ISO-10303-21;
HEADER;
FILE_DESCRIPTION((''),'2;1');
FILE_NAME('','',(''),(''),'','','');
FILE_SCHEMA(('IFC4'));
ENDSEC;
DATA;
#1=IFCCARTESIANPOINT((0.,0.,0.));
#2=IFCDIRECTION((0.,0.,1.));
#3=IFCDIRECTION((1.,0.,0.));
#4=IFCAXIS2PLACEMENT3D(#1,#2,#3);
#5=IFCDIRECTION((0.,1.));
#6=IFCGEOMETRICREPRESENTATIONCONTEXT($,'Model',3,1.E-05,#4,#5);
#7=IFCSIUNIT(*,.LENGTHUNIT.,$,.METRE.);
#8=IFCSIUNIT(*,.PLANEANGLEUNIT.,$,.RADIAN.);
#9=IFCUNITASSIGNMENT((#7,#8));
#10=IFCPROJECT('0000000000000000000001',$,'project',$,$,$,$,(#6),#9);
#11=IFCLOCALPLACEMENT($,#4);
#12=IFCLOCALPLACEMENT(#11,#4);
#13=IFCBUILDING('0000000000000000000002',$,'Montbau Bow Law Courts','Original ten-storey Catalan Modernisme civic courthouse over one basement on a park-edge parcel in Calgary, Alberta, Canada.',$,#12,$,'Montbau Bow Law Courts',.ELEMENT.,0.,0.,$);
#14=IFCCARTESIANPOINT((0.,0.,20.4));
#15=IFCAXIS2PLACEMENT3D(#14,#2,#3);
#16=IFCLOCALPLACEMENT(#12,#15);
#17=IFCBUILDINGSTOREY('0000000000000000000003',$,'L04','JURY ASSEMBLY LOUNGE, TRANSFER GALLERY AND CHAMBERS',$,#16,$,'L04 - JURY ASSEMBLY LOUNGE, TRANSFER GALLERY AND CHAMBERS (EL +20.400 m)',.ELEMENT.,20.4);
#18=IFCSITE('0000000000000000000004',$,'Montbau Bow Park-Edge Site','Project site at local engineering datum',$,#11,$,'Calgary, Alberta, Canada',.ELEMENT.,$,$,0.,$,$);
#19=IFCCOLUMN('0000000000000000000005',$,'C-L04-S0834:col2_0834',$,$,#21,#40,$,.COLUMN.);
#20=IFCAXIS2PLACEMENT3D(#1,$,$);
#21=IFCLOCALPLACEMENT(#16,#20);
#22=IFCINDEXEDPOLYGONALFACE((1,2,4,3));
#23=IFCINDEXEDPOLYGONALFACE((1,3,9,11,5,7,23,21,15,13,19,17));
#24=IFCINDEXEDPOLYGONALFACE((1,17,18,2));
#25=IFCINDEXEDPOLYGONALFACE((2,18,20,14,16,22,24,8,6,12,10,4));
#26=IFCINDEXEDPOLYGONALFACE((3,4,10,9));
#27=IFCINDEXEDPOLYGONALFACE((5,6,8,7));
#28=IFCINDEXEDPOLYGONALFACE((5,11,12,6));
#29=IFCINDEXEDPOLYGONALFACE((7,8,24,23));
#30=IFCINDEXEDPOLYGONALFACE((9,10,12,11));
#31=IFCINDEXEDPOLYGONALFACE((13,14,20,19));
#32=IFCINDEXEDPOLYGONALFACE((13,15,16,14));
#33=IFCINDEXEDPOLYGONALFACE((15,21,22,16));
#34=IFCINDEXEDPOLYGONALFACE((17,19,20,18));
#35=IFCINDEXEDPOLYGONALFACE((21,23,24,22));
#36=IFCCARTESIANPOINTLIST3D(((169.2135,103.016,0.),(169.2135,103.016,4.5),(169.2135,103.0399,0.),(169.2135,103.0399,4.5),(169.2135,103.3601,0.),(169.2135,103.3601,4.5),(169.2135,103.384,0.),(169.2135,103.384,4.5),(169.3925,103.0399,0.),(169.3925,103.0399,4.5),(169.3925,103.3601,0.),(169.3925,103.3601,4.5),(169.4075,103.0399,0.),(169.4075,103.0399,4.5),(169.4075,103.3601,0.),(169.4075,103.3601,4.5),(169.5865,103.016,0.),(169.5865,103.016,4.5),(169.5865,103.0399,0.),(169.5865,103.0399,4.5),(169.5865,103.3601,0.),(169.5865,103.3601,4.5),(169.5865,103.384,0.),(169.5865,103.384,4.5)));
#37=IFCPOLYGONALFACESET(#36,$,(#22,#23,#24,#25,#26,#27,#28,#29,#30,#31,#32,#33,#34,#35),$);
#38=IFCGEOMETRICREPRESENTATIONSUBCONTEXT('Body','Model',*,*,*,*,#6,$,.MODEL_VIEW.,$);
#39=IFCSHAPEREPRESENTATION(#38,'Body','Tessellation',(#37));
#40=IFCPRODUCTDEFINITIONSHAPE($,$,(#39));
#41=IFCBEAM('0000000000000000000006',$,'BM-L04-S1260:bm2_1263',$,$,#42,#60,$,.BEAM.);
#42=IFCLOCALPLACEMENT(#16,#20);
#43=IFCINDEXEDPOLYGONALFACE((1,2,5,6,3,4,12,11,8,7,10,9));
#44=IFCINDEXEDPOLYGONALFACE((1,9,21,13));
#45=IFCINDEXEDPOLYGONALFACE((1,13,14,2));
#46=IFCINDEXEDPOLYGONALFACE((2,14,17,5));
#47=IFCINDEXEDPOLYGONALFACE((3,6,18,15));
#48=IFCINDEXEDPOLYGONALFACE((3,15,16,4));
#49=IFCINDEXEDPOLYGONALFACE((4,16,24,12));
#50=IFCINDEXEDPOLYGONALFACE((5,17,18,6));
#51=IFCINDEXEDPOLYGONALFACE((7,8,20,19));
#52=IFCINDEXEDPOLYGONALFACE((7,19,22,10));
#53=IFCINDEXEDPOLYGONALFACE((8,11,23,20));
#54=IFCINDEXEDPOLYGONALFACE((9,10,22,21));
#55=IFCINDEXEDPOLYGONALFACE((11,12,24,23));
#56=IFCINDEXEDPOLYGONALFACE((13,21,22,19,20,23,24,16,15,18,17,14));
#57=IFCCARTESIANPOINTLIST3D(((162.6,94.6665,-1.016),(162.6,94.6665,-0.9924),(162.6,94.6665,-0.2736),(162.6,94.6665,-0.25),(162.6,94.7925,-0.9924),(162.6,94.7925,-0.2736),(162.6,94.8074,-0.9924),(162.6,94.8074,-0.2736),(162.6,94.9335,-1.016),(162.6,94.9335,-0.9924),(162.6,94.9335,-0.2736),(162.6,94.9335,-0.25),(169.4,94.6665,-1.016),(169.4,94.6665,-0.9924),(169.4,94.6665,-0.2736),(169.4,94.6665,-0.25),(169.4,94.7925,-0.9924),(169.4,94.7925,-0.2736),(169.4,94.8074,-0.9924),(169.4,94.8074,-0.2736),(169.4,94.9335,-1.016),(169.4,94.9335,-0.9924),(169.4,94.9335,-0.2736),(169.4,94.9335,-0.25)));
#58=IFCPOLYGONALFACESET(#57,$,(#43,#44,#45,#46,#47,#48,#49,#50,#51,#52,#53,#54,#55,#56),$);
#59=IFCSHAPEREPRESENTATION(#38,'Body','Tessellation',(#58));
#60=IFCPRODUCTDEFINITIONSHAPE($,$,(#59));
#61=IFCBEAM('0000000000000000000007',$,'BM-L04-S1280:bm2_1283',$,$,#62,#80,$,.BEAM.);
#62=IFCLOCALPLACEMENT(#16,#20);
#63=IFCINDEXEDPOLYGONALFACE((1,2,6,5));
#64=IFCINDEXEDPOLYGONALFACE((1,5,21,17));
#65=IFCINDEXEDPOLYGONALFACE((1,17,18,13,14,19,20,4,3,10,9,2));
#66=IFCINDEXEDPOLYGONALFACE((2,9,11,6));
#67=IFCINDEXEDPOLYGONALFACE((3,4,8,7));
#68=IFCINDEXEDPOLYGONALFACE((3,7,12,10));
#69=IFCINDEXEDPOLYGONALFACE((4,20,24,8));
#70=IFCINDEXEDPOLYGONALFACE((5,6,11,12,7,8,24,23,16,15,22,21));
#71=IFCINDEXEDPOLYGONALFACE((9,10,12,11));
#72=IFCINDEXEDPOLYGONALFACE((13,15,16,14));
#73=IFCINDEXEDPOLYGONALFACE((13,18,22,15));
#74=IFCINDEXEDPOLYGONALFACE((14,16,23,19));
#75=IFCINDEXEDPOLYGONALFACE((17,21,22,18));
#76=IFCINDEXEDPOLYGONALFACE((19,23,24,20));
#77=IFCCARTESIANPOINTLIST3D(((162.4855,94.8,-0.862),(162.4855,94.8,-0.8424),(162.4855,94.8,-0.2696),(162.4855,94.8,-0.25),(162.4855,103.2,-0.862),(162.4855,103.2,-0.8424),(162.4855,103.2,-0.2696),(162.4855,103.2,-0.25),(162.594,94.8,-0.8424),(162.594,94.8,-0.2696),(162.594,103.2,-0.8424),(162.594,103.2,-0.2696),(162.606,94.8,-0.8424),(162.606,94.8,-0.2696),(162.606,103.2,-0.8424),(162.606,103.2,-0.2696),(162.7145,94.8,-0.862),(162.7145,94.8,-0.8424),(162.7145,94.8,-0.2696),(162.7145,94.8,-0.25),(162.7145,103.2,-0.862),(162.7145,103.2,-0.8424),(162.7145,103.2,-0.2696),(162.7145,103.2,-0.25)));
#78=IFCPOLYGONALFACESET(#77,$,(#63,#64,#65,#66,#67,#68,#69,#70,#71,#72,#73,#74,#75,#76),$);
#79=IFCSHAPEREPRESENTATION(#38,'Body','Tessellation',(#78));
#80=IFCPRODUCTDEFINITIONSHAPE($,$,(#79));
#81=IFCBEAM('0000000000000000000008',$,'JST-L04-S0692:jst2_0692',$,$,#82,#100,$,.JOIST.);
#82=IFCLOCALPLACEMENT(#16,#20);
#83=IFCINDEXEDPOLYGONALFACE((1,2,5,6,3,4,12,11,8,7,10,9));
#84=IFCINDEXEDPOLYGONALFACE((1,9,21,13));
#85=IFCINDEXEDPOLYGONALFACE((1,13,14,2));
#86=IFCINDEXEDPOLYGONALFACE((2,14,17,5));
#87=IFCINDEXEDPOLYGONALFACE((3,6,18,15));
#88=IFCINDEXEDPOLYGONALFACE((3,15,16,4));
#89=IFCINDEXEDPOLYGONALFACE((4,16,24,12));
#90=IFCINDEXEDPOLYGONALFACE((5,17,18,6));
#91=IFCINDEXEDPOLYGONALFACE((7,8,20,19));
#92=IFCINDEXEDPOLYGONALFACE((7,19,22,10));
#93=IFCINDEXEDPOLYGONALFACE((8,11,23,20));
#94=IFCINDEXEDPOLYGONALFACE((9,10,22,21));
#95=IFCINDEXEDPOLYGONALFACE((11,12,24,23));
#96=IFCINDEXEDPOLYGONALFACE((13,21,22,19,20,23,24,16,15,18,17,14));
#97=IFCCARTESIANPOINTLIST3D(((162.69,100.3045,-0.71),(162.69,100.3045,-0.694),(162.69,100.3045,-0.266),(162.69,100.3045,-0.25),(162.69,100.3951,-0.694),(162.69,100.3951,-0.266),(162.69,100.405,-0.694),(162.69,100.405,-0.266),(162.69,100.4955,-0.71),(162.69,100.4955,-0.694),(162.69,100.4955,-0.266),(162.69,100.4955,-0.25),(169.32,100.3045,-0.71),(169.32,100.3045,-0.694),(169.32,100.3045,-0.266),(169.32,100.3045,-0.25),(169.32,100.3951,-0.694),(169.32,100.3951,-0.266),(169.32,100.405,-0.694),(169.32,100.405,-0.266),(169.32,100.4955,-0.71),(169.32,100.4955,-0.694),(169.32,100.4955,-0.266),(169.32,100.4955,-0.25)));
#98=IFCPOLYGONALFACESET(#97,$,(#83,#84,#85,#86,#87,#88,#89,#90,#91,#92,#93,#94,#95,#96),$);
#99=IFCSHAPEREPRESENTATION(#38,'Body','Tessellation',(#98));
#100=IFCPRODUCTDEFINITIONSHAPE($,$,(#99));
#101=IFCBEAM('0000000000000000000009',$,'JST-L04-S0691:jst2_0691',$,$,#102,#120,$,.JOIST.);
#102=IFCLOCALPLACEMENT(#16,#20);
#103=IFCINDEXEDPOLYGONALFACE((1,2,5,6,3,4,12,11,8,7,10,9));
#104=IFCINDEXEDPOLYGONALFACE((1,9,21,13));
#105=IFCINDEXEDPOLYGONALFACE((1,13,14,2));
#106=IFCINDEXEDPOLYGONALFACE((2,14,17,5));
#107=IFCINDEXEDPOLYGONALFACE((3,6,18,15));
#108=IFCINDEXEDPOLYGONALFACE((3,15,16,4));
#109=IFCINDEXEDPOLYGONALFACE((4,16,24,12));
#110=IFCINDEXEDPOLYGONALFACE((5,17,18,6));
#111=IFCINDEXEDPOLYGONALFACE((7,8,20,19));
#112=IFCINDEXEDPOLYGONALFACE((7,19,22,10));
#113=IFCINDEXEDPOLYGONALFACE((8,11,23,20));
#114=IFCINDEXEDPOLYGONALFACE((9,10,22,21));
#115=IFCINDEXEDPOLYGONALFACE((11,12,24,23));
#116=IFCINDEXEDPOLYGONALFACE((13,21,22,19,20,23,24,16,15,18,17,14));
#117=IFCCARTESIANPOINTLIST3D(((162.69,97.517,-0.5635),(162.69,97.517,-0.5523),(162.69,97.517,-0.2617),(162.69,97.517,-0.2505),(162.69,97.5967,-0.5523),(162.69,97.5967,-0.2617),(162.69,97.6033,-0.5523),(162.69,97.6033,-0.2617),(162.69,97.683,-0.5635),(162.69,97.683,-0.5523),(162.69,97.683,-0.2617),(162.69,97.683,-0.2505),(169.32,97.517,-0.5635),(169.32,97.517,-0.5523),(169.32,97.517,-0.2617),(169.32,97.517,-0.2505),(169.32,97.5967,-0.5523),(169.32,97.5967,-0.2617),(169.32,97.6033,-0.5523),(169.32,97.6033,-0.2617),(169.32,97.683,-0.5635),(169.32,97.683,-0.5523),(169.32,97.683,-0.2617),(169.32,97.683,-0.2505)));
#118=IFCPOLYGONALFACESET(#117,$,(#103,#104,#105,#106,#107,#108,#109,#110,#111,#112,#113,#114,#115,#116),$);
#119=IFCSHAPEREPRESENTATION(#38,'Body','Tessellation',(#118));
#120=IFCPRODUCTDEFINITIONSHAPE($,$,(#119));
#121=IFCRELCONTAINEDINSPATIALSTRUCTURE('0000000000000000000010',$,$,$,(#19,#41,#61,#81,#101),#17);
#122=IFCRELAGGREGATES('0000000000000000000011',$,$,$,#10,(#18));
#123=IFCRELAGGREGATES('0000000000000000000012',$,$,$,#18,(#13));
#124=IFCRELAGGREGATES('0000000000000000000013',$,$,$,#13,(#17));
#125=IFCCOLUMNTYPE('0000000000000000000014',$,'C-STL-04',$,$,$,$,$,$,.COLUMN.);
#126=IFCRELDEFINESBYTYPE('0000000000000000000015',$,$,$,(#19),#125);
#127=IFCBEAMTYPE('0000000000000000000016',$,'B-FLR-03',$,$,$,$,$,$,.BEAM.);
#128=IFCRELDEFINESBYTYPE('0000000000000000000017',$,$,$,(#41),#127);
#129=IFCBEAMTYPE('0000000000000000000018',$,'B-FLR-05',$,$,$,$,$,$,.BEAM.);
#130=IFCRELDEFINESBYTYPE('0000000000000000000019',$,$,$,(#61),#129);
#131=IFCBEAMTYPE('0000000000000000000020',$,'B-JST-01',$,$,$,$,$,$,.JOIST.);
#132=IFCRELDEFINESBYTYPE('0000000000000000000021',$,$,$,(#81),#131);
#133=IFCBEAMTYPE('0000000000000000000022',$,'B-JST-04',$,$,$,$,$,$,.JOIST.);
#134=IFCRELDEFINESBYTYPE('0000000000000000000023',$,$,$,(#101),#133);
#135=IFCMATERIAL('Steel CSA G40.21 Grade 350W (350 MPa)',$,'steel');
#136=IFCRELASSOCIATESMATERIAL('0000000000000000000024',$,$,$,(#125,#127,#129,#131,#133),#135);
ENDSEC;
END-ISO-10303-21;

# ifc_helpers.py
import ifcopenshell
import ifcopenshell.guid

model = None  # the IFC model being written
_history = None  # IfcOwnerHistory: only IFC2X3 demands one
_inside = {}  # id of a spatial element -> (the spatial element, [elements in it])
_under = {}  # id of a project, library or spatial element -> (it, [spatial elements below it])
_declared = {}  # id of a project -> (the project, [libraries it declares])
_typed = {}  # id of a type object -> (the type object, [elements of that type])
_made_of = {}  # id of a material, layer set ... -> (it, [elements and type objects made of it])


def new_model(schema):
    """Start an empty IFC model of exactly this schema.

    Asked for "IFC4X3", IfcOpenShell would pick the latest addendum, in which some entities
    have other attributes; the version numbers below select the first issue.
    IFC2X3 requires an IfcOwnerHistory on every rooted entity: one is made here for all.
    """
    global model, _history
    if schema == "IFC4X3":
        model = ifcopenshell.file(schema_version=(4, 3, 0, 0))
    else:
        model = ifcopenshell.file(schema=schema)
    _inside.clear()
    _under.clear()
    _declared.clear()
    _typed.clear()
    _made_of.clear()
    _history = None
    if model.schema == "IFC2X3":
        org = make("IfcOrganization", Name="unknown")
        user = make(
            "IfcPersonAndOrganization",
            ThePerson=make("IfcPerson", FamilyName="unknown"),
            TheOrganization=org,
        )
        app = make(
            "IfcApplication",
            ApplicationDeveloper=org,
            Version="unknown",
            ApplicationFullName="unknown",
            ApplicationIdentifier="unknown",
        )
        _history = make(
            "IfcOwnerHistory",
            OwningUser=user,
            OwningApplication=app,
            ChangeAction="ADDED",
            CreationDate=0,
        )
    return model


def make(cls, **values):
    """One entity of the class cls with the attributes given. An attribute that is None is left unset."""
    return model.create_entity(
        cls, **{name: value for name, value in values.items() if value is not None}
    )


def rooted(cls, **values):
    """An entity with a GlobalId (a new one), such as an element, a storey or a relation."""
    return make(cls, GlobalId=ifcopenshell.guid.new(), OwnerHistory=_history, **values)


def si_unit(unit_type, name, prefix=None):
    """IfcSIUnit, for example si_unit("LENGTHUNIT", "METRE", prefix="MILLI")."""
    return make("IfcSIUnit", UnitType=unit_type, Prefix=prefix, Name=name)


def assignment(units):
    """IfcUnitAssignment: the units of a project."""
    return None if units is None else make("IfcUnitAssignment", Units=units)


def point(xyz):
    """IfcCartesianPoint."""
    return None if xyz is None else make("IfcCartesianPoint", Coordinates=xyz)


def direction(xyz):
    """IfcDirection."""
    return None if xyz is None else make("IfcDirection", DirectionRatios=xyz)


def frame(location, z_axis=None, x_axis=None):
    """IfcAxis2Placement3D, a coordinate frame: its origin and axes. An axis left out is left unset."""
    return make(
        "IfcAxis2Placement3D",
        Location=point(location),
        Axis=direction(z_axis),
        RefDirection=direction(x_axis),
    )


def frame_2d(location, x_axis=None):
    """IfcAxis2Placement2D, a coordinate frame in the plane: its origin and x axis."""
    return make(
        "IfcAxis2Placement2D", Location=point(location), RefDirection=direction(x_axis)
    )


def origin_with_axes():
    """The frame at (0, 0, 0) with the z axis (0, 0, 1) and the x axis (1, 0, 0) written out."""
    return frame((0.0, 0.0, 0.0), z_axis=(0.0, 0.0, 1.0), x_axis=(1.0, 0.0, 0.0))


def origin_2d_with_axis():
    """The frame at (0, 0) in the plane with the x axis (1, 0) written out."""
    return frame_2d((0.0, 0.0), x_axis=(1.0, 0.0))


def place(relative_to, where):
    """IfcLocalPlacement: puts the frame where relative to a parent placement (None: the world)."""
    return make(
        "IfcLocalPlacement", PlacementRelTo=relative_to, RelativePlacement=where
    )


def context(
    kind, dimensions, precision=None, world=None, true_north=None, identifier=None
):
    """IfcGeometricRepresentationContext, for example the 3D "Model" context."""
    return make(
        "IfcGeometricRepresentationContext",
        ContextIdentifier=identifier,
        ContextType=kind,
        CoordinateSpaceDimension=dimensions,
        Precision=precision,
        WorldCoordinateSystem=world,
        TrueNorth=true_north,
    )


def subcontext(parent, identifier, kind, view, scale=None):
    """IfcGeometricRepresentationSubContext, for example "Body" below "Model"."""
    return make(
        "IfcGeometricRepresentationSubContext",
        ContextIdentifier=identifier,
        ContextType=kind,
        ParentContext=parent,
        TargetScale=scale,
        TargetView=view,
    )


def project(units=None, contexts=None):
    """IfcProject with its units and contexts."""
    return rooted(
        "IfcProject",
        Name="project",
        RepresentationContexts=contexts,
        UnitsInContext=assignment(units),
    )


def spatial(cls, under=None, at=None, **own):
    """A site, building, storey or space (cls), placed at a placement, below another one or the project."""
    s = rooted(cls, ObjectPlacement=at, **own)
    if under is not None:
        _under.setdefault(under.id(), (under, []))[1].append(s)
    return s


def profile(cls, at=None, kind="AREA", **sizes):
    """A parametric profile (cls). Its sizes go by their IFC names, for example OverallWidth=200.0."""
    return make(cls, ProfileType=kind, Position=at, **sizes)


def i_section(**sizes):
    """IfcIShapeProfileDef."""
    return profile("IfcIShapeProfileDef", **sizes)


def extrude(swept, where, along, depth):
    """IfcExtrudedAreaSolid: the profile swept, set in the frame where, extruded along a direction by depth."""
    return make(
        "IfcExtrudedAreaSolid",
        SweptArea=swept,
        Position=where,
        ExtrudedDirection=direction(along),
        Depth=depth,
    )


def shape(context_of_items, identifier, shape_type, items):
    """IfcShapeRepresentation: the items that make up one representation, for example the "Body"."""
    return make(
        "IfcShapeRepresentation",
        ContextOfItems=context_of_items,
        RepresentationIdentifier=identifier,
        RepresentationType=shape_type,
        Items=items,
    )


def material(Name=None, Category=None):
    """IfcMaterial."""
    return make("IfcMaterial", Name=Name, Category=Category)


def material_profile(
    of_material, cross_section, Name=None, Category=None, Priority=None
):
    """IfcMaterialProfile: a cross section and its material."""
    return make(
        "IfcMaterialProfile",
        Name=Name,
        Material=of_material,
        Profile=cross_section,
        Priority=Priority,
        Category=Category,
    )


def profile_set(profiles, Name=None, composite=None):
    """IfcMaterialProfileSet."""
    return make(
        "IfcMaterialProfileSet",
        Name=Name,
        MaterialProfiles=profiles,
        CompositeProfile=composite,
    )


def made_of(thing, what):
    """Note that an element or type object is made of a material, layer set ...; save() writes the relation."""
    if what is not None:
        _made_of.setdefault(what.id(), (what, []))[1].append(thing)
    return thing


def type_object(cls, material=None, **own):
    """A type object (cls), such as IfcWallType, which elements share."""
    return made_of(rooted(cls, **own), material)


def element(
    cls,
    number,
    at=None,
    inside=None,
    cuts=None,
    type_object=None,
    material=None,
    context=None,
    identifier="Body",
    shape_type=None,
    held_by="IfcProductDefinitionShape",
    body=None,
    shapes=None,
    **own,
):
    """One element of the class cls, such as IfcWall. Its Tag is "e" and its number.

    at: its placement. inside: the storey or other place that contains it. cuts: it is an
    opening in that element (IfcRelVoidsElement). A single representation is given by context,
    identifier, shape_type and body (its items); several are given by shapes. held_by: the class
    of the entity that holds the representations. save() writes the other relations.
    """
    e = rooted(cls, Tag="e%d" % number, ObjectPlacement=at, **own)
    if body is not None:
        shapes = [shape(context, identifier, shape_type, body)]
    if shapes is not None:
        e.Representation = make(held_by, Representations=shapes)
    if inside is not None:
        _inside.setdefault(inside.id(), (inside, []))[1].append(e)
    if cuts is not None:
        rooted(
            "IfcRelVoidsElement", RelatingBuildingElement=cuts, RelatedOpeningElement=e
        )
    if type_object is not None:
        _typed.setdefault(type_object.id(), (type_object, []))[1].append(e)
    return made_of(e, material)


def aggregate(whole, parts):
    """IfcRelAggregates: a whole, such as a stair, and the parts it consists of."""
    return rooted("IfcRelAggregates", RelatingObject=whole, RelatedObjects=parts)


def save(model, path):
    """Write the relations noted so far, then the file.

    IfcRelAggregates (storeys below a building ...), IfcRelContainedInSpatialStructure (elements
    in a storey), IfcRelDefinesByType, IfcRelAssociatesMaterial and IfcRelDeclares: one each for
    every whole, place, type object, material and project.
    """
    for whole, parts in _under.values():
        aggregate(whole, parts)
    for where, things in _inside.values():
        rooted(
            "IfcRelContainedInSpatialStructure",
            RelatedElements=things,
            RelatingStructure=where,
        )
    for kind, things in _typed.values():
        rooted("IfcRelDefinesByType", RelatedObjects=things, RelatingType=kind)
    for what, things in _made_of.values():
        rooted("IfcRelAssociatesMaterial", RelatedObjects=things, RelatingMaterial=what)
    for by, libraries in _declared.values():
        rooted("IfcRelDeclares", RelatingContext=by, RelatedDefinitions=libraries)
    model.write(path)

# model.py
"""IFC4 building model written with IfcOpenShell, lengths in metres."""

from ifc_helpers import new_model, si_unit, direction, frame, origin_with_axes, origin_2d_with_axis, place, context, subcontext, project, spatial, i_section, extrude, material, material_profile, profile_set, type_object, element, save


model = new_model("IFC4")

# Units and contexts
model_context = context("Model", 3, precision=1e-05, world=origin_with_axes(), true_north=direction((0.0, 1.0)))
body_context = subcontext(model_context, "Body", "Model", "MODEL_VIEW")
ifc_project = project(units=[si_unit("LENGTHUNIT", "METRE"), si_unit("PLANEANGLEUNIT", "RADIAN")], contexts=[model_context])

# Site, building, storey
site_placement = place(None, origin_with_axes())
site = spatial("IfcSite", under=ifc_project, at=site_placement, Name="Montbau Bow Park-Edge Site", Description="Project site at local engineering datum", LongName="Calgary, Alberta, Canada", CompositionType="ELEMENT", RefElevation=0.0)
building_placement = place(site_placement, origin_with_axes())
building = spatial("IfcBuilding", under=site, at=building_placement, Name="Montbau Bow Law Courts", Description="Original ten-storey Catalan Modernisme civic courthouse over one basement on a park-edge parcel in Calgary, Alberta, Canada.", LongName="Montbau Bow Law Courts", CompositionType="ELEMENT", ElevationOfRefHeight=0.0, ElevationOfTerrain=0.0)
storey_placement = place(building_placement, frame((0.0, 0.0, 20.4), z_axis=(0.0, 0.0, 1.0), x_axis=(1.0, 0.0, 0.0)))
storey = spatial("IfcBuildingStorey", under=building, at=storey_placement, Name="L04", Description="JURY ASSEMBLY LOUNGE, TRANSFER GALLERY AND CHAMBERS", LongName="L04 - JURY ASSEMBLY LOUNGE, TRANSFER GALLERY AND CHAMBERS (EL +20.400 m)", CompositionType="ELEMENT", Elevation=20.4)

# Column
ifc_material_1 = material(Name="Steel CSA G40.21 Grade 350W (350 MPa)", Category="steel")
ifc_material_profile_1 = material_profile(ifc_material_1, i_section(OverallWidth=0.373, OverallDepth=0.368, WebThickness=0.015, FlangeThickness=0.0239, at=origin_2d_with_axis()), Name="W360X179", Category="Main", Priority=0)
ifc_profile_set_1 = profile_set([ifc_material_profile_1], Name="Steel CSA G40.21 Grade 350W (350 MPa)")
column_type_1 = type_object("IfcColumnType", Name="C-STL-04", PredefinedType="COLUMN", material=ifc_profile_set_1)
column_1_placement = place(None, frame((169.4, 103.2, 20.4), z_axis=(0.0, 0.0, 1.0), x_axis=(1.0, 0.0, 0.0)))
element("IfcColumn", 1, at=column_1_placement, inside=storey, type_object=column_type_1, Name="C-L04-S0834:col2_0834", PredefinedType="COLUMN", context=body_context, shape_type="SweptSolid", body=[
    extrude(i_section(OverallWidth=0.373, OverallDepth=0.368, WebThickness=0.015, FlangeThickness=0.0239, at=origin_2d_with_axis()), origin_with_axes(), (0.0, 0.0, 1.0), 4.5),
])

# Beams
ifc_material_profile_2 = material_profile(ifc_material_1, i_section(OverallWidth=0.267, OverallDepth=0.766, WebThickness=0.0149, FlangeThickness=0.0236, at=origin_2d_with_axis()), Name="W760X185", Category="Main", Priority=0)
ifc_profile_set_2 = profile_set([ifc_material_profile_2], Name="Steel CSA G40.21 Grade 350W (350 MPa)")
beam_type_1 = type_object("IfcBeamType", Name="B-FLR-03", PredefinedType="BEAM", material=ifc_profile_set_2)
beam_1_placement = place(None, frame((162.6, 94.8, 19.767), z_axis=(1.0, 0.0, 0.0), x_axis=(0.0, 1.0, 0.0)))
element("IfcBeam", 2, at=beam_1_placement, inside=storey, type_object=beam_type_1, Name="BM-L04-S1260:bm2_1263", PredefinedType="BEAM", context=body_context, shape_type="SweptSolid", body=[
    extrude(i_section(OverallWidth=0.267, OverallDepth=0.766, WebThickness=0.0149, FlangeThickness=0.0236, at=origin_2d_with_axis()), origin_with_axes(), (0.0, 0.0, 1.0), 6.8),
])
ifc_material_profile_3 = material_profile(ifc_material_1, i_section(OverallWidth=0.229, OverallDepth=0.612, WebThickness=0.0119, FlangeThickness=0.0196, at=origin_2d_with_axis()), Name="W610X125", Category="Main", Priority=0)
ifc_profile_set_3 = profile_set([ifc_material_profile_3], Name="Steel CSA G40.21 Grade 350W (350 MPa)")
beam_type_2 = type_object("IfcBeamType", Name="B-FLR-05", PredefinedType="BEAM", material=ifc_profile_set_3)
beam_2_placement = place(None, frame((162.6, 94.8, 19.844), z_axis=(0.0, 1.0, 0.0), x_axis=(-1.0, 0.0, 0.0)))
element("IfcBeam", 3, at=beam_2_placement, inside=storey, type_object=beam_type_2, Name="BM-L04-S1280:bm2_1283", PredefinedType="BEAM", context=body_context, shape_type="SweptSolid", body=[
    extrude(i_section(OverallWidth=0.229, OverallDepth=0.612, WebThickness=0.0119, FlangeThickness=0.0196, at=origin_2d_with_axis()), origin_with_axes(), (0.0, 0.0, 1.0), 8.4),
])
ifc_material_profile_4 = material_profile(ifc_material_1, i_section(OverallWidth=0.191, OverallDepth=0.46, WebThickness=0.0099, FlangeThickness=0.016, at=origin_2d_with_axis()), Name="W460X82", Category="Main", Priority=0)
ifc_profile_set_4 = profile_set([ifc_material_profile_4], Name="Steel CSA G40.21 Grade 350W (350 MPa)")
beam_type_3 = type_object("IfcBeamType", Name="B-JST-01", PredefinedType="JOIST", material=ifc_profile_set_4)
beam_3_placement = place(None, frame((162.69, 100.4, 19.92), z_axis=(1.0, 0.0, 0.0), x_axis=(0.0, 1.0, 0.0)))
element("IfcBeam", 4, at=beam_3_placement, inside=storey, type_object=beam_type_3, Name="JST-L04-S0692:jst2_0692", PredefinedType="JOIST", context=body_context, shape_type="SweptSolid", body=[
    extrude(i_section(OverallWidth=0.191, OverallDepth=0.46, WebThickness=0.0099, FlangeThickness=0.016, at=origin_2d_with_axis()), origin_with_axes(), (0.0, 0.0, 1.0), 6.63),
])
ifc_material_profile_5 = material_profile(ifc_material_1, i_section(OverallWidth=0.166, OverallDepth=0.313, WebThickness=0.0066, FlangeThickness=0.0112, at=origin_2d_with_axis()), Name="W310X45", Category="Main", Priority=0)
ifc_profile_set_5 = profile_set([ifc_material_profile_5], Name="Steel CSA G40.21 Grade 350W (350 MPa)")
beam_type_4 = type_object("IfcBeamType", Name="B-JST-04", PredefinedType="JOIST", material=ifc_profile_set_5)
beam_4_placement = place(None, frame((162.69, 97.6, 19.993), z_axis=(1.0, 0.0, 0.0), x_axis=(0.0, 1.0, 0.0)))
element("IfcBeam", 5, at=beam_4_placement, inside=storey, type_object=beam_type_4, Name="JST-L04-S0691:jst2_0691", PredefinedType="JOIST", context=body_context, shape_type="SweptSolid", body=[
    extrude(i_section(OverallWidth=0.166, OverallDepth=0.313, WebThickness=0.0066, FlangeThickness=0.0112, at=origin_2d_with_axis()), origin_with_axes(), (0.0, 0.0, 1.0), 6.63),
])

save(model, "model.ifc")
